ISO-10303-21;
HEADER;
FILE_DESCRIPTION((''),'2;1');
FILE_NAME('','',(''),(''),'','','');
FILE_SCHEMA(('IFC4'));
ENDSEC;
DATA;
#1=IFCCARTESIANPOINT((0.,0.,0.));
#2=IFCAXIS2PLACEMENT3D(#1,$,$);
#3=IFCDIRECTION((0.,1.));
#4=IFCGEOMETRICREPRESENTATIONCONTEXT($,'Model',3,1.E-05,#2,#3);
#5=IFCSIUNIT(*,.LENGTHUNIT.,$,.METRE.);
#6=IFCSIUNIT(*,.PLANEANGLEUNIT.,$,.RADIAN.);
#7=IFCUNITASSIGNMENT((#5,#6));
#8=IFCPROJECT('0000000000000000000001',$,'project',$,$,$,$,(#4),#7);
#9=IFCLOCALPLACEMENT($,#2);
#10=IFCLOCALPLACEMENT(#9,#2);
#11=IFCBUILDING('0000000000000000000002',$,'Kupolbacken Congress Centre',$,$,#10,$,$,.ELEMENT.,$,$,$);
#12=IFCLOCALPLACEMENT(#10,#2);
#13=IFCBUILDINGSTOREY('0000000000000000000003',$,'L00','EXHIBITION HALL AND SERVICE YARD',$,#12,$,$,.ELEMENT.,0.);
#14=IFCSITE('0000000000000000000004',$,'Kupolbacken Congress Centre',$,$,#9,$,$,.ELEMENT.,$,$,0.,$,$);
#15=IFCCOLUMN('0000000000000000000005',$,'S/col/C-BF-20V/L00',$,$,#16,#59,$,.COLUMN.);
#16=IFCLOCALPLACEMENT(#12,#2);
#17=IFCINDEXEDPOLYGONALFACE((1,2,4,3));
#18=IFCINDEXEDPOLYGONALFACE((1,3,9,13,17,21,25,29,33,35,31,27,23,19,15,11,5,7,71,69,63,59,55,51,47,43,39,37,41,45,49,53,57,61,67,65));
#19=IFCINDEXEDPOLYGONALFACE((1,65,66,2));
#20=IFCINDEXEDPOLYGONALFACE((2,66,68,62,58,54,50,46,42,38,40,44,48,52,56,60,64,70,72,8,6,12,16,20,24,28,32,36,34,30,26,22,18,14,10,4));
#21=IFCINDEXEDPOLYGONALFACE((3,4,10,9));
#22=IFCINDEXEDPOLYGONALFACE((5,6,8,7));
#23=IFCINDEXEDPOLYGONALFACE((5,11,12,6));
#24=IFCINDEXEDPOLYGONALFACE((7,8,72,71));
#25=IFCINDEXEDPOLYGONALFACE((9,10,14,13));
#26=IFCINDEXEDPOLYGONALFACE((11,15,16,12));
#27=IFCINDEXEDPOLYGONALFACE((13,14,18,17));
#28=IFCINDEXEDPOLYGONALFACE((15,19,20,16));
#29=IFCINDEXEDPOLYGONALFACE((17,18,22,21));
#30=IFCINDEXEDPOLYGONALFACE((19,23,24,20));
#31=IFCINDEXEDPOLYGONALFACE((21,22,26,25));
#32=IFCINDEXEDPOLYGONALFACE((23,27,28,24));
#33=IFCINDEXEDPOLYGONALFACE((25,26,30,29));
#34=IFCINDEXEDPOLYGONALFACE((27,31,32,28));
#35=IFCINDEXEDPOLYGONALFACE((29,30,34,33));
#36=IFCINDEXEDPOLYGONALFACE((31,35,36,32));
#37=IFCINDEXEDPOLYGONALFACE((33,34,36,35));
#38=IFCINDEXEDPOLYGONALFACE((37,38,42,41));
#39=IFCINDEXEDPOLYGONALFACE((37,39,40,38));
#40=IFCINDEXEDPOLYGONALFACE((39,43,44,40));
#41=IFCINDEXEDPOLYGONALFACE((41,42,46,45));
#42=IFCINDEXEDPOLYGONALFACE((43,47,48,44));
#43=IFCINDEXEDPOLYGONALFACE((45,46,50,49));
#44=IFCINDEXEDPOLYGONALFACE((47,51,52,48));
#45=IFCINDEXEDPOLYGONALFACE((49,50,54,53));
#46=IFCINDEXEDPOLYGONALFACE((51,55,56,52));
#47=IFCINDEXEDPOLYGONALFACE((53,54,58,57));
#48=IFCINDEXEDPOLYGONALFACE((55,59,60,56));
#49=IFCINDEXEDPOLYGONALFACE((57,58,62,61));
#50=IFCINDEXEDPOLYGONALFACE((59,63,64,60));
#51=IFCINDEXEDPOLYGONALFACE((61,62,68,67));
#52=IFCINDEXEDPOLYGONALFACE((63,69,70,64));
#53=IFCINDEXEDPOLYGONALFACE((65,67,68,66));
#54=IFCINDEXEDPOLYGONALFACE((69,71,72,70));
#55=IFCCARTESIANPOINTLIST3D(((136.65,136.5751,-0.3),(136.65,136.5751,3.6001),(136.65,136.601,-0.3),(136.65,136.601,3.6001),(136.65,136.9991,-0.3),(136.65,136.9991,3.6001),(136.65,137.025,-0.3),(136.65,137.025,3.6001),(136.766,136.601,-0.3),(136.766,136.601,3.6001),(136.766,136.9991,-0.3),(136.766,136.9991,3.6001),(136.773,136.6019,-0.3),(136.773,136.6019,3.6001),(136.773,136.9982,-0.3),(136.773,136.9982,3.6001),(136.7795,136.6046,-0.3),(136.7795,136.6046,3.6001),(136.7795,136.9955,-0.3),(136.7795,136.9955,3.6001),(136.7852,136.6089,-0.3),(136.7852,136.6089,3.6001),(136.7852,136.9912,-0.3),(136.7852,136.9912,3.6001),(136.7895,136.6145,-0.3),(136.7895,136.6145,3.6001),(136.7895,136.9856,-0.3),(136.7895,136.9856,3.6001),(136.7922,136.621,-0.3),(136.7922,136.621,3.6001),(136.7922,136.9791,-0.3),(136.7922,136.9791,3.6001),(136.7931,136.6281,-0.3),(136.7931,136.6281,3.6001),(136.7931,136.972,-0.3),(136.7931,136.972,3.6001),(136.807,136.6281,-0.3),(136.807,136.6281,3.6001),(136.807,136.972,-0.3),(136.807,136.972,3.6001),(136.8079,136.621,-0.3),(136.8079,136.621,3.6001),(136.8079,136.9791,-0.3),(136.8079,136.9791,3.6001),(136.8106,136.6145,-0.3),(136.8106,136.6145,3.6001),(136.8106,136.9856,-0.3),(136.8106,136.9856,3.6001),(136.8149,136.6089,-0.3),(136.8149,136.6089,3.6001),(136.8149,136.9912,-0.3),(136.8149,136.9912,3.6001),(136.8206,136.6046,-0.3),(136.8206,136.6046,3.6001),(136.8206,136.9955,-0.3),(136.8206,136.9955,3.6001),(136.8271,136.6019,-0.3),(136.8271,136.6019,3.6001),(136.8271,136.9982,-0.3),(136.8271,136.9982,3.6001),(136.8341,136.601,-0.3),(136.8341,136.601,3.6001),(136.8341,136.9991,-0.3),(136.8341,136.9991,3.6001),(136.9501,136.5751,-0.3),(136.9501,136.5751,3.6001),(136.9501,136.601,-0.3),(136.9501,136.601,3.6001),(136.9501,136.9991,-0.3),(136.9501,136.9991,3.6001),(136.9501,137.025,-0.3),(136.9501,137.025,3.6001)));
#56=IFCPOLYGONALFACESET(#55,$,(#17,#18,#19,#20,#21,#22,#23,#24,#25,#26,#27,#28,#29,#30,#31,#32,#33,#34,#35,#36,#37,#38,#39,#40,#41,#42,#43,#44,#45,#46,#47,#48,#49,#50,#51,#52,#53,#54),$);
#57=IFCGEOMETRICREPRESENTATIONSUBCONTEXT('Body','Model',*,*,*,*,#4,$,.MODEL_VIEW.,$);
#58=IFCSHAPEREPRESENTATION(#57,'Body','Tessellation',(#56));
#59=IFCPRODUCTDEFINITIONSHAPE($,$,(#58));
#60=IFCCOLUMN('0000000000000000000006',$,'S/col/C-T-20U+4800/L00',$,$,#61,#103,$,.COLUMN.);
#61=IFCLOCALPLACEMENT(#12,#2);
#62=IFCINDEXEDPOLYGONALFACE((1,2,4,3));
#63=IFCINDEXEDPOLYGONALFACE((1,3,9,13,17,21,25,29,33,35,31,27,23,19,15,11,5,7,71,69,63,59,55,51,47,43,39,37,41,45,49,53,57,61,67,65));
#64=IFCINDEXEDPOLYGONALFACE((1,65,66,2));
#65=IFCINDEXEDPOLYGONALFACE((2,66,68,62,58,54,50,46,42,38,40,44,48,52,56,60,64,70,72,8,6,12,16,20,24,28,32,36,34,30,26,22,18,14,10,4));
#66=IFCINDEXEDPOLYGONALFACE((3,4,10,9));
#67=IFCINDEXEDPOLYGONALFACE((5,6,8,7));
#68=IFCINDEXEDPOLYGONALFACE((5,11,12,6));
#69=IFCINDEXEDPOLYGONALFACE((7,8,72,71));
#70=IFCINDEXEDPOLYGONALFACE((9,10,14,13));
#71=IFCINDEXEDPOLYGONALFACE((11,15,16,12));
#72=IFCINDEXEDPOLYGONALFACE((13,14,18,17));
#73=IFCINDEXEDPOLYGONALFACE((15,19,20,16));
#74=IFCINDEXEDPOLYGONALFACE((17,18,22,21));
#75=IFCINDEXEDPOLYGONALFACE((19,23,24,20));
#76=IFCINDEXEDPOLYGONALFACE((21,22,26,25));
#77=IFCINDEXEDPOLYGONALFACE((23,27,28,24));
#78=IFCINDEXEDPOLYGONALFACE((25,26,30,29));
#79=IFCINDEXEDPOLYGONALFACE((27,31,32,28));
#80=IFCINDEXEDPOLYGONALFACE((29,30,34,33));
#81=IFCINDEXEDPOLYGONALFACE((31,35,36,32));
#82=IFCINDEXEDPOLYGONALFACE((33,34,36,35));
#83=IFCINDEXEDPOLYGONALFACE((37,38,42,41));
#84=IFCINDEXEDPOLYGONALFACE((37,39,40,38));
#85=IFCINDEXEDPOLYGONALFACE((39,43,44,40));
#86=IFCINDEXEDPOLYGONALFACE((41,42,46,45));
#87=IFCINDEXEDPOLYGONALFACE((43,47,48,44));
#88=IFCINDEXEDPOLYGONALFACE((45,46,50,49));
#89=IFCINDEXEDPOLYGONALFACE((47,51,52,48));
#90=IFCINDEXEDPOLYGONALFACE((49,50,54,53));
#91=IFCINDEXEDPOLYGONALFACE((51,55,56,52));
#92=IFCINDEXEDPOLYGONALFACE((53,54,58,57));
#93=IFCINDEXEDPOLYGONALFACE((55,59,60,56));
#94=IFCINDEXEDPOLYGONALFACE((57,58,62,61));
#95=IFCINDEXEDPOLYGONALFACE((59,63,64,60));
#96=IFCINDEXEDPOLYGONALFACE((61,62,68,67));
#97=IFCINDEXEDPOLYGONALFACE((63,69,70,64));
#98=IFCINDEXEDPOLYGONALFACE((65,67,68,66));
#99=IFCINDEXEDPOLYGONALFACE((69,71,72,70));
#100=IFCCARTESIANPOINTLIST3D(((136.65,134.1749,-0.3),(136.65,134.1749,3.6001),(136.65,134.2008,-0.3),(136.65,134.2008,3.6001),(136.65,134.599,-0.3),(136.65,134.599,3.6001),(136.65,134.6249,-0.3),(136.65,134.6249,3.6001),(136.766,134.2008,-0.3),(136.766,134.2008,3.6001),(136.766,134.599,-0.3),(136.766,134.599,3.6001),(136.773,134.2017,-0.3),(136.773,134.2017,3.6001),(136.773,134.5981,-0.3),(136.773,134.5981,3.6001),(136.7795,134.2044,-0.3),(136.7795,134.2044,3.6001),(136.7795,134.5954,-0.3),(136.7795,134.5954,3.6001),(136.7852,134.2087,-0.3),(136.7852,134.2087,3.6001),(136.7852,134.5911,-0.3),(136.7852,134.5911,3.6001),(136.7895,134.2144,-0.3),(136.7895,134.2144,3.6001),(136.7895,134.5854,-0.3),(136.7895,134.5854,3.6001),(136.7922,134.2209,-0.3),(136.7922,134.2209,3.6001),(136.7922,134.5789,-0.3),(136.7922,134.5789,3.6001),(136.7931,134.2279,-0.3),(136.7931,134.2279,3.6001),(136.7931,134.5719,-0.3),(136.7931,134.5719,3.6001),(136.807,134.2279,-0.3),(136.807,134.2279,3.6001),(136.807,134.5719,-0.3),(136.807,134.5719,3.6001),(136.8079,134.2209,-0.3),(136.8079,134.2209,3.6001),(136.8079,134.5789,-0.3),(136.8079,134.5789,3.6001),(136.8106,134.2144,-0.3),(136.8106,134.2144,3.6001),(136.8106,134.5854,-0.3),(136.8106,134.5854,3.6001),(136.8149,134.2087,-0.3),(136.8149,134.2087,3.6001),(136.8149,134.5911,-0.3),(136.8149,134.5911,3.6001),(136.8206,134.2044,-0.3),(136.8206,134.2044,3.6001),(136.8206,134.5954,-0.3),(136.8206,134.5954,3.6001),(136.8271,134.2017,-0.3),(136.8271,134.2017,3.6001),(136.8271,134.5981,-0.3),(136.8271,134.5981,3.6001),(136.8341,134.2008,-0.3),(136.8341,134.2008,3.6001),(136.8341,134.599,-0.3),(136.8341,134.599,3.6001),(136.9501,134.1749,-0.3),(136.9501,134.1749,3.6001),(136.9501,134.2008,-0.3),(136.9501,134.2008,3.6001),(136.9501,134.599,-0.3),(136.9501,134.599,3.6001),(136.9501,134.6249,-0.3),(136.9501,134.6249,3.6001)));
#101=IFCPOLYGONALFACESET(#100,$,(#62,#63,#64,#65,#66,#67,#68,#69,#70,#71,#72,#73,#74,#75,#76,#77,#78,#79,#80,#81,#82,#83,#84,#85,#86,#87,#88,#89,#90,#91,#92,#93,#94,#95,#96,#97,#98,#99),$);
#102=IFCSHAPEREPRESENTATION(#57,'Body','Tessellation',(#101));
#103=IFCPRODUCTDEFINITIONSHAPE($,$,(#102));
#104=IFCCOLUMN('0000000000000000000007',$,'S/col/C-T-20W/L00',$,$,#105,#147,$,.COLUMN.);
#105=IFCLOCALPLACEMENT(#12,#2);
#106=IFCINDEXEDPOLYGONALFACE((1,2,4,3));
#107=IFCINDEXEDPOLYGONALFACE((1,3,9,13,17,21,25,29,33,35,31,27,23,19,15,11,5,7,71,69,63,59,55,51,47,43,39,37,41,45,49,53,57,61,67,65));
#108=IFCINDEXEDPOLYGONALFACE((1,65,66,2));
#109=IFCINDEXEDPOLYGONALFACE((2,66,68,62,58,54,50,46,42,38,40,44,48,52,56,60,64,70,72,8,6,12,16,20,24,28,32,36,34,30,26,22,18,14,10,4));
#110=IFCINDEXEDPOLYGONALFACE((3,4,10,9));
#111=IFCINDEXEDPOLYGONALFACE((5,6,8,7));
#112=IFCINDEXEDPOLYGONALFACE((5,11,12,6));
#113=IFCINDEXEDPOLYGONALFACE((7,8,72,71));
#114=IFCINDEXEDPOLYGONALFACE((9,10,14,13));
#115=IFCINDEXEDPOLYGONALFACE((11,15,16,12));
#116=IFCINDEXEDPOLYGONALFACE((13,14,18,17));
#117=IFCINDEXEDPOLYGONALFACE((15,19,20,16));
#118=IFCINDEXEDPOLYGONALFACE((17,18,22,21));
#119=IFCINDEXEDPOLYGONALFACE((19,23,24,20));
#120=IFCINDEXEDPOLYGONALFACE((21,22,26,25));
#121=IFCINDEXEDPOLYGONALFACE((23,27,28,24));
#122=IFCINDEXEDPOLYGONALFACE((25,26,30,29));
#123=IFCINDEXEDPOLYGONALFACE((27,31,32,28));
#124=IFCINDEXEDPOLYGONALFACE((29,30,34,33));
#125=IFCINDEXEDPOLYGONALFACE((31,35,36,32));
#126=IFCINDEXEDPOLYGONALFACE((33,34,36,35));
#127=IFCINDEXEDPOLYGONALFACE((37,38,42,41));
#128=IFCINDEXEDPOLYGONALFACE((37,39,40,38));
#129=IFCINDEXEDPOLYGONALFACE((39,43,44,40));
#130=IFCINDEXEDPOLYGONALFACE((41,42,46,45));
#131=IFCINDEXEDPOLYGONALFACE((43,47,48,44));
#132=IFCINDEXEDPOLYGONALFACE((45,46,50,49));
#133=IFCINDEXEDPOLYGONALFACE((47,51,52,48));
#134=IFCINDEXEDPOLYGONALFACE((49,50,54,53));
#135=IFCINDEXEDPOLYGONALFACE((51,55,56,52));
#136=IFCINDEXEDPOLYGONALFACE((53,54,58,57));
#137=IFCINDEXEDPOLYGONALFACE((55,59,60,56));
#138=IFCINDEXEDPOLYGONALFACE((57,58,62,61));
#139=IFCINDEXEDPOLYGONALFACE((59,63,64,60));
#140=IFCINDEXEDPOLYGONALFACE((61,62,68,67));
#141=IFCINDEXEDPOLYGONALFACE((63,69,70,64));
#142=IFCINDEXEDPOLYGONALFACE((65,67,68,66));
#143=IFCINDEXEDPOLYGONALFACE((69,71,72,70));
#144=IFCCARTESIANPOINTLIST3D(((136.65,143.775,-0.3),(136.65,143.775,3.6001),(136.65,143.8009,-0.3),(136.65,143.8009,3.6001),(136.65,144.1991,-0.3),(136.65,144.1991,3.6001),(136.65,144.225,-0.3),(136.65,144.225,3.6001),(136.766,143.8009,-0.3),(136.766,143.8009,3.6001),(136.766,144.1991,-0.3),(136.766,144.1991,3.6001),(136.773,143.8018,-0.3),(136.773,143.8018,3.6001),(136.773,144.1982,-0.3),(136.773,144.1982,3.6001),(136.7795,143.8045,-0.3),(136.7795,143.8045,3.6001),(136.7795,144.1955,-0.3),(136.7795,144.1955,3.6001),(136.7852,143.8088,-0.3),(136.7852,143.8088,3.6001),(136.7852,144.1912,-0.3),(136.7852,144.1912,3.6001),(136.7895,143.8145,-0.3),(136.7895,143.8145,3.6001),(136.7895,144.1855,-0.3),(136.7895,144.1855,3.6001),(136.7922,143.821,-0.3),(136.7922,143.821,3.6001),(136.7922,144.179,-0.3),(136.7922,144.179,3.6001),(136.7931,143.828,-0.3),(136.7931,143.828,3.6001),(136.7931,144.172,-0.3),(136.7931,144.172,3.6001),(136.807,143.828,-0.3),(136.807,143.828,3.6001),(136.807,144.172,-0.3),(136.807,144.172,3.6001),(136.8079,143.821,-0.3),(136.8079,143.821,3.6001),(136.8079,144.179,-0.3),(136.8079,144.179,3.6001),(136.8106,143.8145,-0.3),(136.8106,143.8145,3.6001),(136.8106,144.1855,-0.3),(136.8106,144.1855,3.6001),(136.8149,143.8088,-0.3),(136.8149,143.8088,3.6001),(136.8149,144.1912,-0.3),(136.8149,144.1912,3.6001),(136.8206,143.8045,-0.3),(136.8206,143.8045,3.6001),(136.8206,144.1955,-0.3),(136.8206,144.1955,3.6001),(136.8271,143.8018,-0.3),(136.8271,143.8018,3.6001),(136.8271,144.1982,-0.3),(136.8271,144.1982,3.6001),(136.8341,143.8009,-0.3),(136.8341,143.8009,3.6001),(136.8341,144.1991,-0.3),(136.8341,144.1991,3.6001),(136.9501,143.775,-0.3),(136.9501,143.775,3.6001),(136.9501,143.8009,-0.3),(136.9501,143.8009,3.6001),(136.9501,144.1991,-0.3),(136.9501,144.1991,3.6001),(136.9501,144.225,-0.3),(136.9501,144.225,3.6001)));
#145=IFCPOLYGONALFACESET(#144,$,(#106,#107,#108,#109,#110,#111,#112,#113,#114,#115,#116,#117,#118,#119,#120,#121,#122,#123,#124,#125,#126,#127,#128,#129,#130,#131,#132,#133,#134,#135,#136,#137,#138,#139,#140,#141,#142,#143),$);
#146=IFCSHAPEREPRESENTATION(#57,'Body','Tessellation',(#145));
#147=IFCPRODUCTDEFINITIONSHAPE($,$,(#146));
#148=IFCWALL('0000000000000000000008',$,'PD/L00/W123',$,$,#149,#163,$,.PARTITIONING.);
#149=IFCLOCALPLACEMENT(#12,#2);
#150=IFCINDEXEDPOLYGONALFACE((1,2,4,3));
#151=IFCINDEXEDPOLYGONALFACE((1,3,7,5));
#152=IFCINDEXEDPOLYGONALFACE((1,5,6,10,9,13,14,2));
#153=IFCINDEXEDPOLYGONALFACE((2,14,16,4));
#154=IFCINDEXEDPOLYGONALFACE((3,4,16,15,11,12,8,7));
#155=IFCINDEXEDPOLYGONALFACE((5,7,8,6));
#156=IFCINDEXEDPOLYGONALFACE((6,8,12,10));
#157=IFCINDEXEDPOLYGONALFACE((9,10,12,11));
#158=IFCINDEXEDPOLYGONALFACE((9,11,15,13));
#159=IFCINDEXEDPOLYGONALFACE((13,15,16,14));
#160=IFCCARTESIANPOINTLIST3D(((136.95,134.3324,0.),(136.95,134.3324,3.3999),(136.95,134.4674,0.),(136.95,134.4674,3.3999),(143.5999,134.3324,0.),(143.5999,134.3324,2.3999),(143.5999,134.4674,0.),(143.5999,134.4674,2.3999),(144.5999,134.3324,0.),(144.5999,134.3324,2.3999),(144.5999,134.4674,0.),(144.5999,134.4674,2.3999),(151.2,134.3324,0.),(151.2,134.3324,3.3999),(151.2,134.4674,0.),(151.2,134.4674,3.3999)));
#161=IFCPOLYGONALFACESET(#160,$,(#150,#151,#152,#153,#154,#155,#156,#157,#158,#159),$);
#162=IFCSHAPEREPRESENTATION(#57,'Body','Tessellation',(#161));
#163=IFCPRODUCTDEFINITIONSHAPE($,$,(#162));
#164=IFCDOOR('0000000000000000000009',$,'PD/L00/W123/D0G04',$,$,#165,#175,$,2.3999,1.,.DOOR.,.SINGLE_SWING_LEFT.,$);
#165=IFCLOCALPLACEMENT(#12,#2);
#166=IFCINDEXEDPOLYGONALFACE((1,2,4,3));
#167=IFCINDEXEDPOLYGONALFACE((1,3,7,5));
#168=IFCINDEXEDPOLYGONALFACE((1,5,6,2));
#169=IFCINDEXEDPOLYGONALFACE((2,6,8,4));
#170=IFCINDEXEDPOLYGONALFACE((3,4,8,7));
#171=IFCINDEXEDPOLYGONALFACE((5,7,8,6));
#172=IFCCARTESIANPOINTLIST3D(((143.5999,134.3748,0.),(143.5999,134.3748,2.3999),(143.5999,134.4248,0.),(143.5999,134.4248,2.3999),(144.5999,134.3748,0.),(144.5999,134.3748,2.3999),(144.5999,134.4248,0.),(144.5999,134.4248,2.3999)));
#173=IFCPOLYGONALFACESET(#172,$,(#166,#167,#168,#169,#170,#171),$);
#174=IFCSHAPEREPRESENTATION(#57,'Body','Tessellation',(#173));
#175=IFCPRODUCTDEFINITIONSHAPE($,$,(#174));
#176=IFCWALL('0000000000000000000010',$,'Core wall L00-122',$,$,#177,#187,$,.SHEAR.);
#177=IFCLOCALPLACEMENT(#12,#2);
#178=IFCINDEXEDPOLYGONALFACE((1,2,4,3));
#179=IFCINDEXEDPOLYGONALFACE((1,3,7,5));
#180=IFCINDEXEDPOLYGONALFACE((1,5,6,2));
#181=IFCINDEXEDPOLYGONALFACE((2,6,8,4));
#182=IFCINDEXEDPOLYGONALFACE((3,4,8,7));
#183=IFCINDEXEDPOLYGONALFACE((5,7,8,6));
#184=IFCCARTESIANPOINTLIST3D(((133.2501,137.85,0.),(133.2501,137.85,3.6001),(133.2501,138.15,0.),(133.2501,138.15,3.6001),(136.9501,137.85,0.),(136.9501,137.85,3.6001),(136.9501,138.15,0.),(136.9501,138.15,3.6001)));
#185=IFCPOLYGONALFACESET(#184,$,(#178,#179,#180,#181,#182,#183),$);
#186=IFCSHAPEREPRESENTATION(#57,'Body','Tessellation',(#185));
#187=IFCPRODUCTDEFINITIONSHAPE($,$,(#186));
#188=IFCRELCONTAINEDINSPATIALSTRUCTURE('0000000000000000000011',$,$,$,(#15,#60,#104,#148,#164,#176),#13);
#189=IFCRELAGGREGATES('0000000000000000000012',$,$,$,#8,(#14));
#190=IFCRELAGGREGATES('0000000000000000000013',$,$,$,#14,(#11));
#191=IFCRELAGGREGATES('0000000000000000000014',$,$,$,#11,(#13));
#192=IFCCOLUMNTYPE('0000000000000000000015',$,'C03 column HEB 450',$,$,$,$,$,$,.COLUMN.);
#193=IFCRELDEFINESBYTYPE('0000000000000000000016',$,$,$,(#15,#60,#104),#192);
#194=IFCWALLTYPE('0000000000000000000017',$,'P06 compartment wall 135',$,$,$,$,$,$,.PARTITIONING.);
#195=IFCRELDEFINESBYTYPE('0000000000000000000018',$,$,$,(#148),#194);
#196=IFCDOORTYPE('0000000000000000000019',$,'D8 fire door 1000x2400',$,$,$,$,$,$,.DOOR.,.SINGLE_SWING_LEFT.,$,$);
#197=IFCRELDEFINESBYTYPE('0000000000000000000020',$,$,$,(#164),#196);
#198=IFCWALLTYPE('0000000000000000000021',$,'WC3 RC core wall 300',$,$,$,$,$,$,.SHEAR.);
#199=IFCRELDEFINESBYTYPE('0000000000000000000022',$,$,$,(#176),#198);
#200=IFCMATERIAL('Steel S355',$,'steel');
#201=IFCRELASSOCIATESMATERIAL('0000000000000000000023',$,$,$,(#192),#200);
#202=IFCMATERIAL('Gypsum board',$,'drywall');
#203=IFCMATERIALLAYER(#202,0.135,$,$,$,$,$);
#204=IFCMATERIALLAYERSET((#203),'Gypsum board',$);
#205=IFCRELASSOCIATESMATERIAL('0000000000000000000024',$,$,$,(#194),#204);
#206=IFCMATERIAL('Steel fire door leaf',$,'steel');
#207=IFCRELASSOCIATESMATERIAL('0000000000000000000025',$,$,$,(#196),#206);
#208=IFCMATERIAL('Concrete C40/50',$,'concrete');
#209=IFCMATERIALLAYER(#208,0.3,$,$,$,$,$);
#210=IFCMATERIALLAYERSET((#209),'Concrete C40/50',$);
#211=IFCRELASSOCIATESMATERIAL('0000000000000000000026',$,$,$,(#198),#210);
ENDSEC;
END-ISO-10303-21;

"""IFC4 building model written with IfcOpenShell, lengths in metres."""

from ifc_helpers import new_model, si_unit, direction, frame, frame_2d, origin, origin_2d, place, context, subcontext, project, spatial, rectangle, i_section, extrude, material, layer, layer_set, material_profile, profile_set, type_object, element, fill, save


model = new_model("IFC4")

# Units and contexts
model_context = context("Model", 3, precision=1e-05, world=origin(), true_north=direction((0.0, 1.0)))
body_context = subcontext(model_context, "Body", "Model", "MODEL_VIEW")
ifc_project = project(units=[si_unit("LENGTHUNIT", "METRE"), si_unit("PLANEANGLEUNIT", "RADIAN")], contexts=[model_context])

# Site, building, storey
site_placement = place(None, origin())
site = spatial("IfcSite", under=ifc_project, at=site_placement, Name="Kupolbacken Congress Centre", CompositionType="ELEMENT", RefElevation=0.0)
building_placement = place(site_placement, origin())
building = spatial("IfcBuilding", under=site, at=building_placement, Name="Kupolbacken Congress Centre", CompositionType="ELEMENT")
storey_placement = place(building_placement, origin())
storey = spatial("IfcBuildingStorey", under=building, at=storey_placement, Name="L00", Description="EXHIBITION HALL AND SERVICE YARD", CompositionType="ELEMENT", Elevation=0.0)

# Columns
ifc_material_1 = material(Name="Steel S355", Category="steel")
ifc_material_profile_1 = material_profile(ifc_material_1, i_section(OverallWidth=0.3, OverallDepth=0.45, WebThickness=0.0139, FlangeThickness=0.0259, FilletRadius=0.0271, at=origin_2d()), Name="HEB 450")
ifc_profile_set_1 = profile_set([ifc_material_profile_1], Name="Steel S355")
column_type = type_object("IfcColumnType", Name="C03 column HEB 450", PredefinedType="COLUMN", material=ifc_profile_set_1)
for number, where, z_axis, x_axis, name in (
    (1, (136.8, 136.8, -0.3), (0.0, 0.0, 1.0), (1.0, 0.0, 0.0), "S/col/C-BF-20V/L00"),
    (2, (136.8, 134.3999, -0.3), (0.0, 0.0, 1.0), (1.0, 0.0, 0.0), "S/col/C-T-20U+4800/L00"),
    (3, (136.8, 144.0, -0.3), (0.0, 0.0, 1.0), (1.0, 0.0, 0.0), "S/col/C-T-20W/L00"),
):
    element("IfcColumn", number, at=place(storey_placement, frame(where, z_axis=z_axis, x_axis=x_axis)), inside=storey, type_object=column_type, Name=name, PredefinedType="COLUMN", context=body_context, shape_type="SweptSolid", body=[
        extrude(i_section(OverallWidth=0.3, OverallDepth=0.45, WebThickness=0.0139, FlangeThickness=0.0259, FilletRadius=0.0271, at=origin_2d()), origin(), (0.0, 0.0, 1.0), 3.9001),
    ])

# Wall, opening, door
ifc_material_2 = material(Name="Gypsum board", Category="drywall")
ifc_layer_1 = layer(ifc_material_2, 0.135)
ifc_layer_set_1 = layer_set([ifc_layer_1], Name="Gypsum board")
wall_type_1 = type_object("IfcWallType", Name="P06 compartment wall 135", PredefinedType="PARTITIONING", material=ifc_layer_set_1)
wall_1_placement = place(storey_placement, frame((136.95, 134.3999, 0.0), z_axis=(0.0, 0.0, 1.0), x_axis=(1.0, 0.0, 0.0)))
wall_1 = element("IfcWall", 4, at=wall_1_placement, inside=storey, type_object=wall_type_1, Name="PD/L00/W123", PredefinedType="PARTITIONING", context=body_context, shape_type="SweptSolid", body=[
    extrude(rectangle(XDim=14.25, YDim=0.135, at=frame_2d((7.125, 0.0))), origin(), (0.0, 0.0, 1.0), 3.3999),
])
opening_placement = place(wall_1_placement, frame((6.6499, 0.0, 0.0)))
opening = element("IfcOpeningElement", 5, at=opening_placement, cuts=wall_1, PredefinedType="OPENING", context=body_context, shape_type="SweptSolid", body=[
    extrude(rectangle(XDim=1.0, YDim=2.3999, at=frame_2d((0.5, 1.2))), frame((0.0, 0.0774, 0.0), z_axis=(0.0, -1.0, 0.0), x_axis=(1.0, 0.0, 0.0)), (0.0, 0.0, 1.0), 0.155),
])
ifc_material_3 = material(Name="Steel fire door leaf", Category="steel")
door_type = type_object("IfcDoorType", Name="D8 fire door 1000x2400", OperationType="SINGLE_SWING_LEFT", PredefinedType="DOOR", material=ifc_material_3)
door_placement = place(opening_placement, origin())
door = element("IfcDoor", 6, at=door_placement, inside=storey, type_object=door_type, Name="PD/L00/W123/D0G04", OperationType="SINGLE_SWING_LEFT", OverallHeight=2.3999, OverallWidth=1.0, PredefinedType="DOOR", context=body_context, shape_type="SweptSolid", body=[
    extrude(rectangle(XDim=1.0, YDim=2.3999, at=frame_2d((0.5, 1.2))), frame((0.0, 0.0249, 0.0), z_axis=(0.0, -1.0, 0.0), x_axis=(1.0, 0.0, 0.0)), (0.0, 0.0, 1.0), 0.05),
])
fill(opening, door)

# Wall
ifc_material_4 = material(Name="Concrete C40/50", Category="concrete")
ifc_layer_2 = layer(ifc_material_4, 0.3)
ifc_layer_set_2 = layer_set([ifc_layer_2], Name="Concrete C40/50")
wall_type_2 = type_object("IfcWallType", Name="WC3 RC core wall 300", PredefinedType="SHEAR", material=ifc_layer_set_2)
wall_2_placement = place(storey_placement, frame((133.25, 138.0, 0.0), z_axis=(0.0, 0.0, 1.0), x_axis=(1.0, 0.0, 0.0)))
element("IfcWall", 7, at=wall_2_placement, inside=storey, type_object=wall_type_2, Name="Core wall L00-122", PredefinedType="SHEAR", context=body_context, shape_type="SweptSolid", body=[
    extrude(rectangle(XDim=3.7, YDim=0.3, at=frame_2d((1.8501, 0.0))), origin(), (0.0, 0.0, 1.0), 3.6001),
])

save(model, "model.ifc")
